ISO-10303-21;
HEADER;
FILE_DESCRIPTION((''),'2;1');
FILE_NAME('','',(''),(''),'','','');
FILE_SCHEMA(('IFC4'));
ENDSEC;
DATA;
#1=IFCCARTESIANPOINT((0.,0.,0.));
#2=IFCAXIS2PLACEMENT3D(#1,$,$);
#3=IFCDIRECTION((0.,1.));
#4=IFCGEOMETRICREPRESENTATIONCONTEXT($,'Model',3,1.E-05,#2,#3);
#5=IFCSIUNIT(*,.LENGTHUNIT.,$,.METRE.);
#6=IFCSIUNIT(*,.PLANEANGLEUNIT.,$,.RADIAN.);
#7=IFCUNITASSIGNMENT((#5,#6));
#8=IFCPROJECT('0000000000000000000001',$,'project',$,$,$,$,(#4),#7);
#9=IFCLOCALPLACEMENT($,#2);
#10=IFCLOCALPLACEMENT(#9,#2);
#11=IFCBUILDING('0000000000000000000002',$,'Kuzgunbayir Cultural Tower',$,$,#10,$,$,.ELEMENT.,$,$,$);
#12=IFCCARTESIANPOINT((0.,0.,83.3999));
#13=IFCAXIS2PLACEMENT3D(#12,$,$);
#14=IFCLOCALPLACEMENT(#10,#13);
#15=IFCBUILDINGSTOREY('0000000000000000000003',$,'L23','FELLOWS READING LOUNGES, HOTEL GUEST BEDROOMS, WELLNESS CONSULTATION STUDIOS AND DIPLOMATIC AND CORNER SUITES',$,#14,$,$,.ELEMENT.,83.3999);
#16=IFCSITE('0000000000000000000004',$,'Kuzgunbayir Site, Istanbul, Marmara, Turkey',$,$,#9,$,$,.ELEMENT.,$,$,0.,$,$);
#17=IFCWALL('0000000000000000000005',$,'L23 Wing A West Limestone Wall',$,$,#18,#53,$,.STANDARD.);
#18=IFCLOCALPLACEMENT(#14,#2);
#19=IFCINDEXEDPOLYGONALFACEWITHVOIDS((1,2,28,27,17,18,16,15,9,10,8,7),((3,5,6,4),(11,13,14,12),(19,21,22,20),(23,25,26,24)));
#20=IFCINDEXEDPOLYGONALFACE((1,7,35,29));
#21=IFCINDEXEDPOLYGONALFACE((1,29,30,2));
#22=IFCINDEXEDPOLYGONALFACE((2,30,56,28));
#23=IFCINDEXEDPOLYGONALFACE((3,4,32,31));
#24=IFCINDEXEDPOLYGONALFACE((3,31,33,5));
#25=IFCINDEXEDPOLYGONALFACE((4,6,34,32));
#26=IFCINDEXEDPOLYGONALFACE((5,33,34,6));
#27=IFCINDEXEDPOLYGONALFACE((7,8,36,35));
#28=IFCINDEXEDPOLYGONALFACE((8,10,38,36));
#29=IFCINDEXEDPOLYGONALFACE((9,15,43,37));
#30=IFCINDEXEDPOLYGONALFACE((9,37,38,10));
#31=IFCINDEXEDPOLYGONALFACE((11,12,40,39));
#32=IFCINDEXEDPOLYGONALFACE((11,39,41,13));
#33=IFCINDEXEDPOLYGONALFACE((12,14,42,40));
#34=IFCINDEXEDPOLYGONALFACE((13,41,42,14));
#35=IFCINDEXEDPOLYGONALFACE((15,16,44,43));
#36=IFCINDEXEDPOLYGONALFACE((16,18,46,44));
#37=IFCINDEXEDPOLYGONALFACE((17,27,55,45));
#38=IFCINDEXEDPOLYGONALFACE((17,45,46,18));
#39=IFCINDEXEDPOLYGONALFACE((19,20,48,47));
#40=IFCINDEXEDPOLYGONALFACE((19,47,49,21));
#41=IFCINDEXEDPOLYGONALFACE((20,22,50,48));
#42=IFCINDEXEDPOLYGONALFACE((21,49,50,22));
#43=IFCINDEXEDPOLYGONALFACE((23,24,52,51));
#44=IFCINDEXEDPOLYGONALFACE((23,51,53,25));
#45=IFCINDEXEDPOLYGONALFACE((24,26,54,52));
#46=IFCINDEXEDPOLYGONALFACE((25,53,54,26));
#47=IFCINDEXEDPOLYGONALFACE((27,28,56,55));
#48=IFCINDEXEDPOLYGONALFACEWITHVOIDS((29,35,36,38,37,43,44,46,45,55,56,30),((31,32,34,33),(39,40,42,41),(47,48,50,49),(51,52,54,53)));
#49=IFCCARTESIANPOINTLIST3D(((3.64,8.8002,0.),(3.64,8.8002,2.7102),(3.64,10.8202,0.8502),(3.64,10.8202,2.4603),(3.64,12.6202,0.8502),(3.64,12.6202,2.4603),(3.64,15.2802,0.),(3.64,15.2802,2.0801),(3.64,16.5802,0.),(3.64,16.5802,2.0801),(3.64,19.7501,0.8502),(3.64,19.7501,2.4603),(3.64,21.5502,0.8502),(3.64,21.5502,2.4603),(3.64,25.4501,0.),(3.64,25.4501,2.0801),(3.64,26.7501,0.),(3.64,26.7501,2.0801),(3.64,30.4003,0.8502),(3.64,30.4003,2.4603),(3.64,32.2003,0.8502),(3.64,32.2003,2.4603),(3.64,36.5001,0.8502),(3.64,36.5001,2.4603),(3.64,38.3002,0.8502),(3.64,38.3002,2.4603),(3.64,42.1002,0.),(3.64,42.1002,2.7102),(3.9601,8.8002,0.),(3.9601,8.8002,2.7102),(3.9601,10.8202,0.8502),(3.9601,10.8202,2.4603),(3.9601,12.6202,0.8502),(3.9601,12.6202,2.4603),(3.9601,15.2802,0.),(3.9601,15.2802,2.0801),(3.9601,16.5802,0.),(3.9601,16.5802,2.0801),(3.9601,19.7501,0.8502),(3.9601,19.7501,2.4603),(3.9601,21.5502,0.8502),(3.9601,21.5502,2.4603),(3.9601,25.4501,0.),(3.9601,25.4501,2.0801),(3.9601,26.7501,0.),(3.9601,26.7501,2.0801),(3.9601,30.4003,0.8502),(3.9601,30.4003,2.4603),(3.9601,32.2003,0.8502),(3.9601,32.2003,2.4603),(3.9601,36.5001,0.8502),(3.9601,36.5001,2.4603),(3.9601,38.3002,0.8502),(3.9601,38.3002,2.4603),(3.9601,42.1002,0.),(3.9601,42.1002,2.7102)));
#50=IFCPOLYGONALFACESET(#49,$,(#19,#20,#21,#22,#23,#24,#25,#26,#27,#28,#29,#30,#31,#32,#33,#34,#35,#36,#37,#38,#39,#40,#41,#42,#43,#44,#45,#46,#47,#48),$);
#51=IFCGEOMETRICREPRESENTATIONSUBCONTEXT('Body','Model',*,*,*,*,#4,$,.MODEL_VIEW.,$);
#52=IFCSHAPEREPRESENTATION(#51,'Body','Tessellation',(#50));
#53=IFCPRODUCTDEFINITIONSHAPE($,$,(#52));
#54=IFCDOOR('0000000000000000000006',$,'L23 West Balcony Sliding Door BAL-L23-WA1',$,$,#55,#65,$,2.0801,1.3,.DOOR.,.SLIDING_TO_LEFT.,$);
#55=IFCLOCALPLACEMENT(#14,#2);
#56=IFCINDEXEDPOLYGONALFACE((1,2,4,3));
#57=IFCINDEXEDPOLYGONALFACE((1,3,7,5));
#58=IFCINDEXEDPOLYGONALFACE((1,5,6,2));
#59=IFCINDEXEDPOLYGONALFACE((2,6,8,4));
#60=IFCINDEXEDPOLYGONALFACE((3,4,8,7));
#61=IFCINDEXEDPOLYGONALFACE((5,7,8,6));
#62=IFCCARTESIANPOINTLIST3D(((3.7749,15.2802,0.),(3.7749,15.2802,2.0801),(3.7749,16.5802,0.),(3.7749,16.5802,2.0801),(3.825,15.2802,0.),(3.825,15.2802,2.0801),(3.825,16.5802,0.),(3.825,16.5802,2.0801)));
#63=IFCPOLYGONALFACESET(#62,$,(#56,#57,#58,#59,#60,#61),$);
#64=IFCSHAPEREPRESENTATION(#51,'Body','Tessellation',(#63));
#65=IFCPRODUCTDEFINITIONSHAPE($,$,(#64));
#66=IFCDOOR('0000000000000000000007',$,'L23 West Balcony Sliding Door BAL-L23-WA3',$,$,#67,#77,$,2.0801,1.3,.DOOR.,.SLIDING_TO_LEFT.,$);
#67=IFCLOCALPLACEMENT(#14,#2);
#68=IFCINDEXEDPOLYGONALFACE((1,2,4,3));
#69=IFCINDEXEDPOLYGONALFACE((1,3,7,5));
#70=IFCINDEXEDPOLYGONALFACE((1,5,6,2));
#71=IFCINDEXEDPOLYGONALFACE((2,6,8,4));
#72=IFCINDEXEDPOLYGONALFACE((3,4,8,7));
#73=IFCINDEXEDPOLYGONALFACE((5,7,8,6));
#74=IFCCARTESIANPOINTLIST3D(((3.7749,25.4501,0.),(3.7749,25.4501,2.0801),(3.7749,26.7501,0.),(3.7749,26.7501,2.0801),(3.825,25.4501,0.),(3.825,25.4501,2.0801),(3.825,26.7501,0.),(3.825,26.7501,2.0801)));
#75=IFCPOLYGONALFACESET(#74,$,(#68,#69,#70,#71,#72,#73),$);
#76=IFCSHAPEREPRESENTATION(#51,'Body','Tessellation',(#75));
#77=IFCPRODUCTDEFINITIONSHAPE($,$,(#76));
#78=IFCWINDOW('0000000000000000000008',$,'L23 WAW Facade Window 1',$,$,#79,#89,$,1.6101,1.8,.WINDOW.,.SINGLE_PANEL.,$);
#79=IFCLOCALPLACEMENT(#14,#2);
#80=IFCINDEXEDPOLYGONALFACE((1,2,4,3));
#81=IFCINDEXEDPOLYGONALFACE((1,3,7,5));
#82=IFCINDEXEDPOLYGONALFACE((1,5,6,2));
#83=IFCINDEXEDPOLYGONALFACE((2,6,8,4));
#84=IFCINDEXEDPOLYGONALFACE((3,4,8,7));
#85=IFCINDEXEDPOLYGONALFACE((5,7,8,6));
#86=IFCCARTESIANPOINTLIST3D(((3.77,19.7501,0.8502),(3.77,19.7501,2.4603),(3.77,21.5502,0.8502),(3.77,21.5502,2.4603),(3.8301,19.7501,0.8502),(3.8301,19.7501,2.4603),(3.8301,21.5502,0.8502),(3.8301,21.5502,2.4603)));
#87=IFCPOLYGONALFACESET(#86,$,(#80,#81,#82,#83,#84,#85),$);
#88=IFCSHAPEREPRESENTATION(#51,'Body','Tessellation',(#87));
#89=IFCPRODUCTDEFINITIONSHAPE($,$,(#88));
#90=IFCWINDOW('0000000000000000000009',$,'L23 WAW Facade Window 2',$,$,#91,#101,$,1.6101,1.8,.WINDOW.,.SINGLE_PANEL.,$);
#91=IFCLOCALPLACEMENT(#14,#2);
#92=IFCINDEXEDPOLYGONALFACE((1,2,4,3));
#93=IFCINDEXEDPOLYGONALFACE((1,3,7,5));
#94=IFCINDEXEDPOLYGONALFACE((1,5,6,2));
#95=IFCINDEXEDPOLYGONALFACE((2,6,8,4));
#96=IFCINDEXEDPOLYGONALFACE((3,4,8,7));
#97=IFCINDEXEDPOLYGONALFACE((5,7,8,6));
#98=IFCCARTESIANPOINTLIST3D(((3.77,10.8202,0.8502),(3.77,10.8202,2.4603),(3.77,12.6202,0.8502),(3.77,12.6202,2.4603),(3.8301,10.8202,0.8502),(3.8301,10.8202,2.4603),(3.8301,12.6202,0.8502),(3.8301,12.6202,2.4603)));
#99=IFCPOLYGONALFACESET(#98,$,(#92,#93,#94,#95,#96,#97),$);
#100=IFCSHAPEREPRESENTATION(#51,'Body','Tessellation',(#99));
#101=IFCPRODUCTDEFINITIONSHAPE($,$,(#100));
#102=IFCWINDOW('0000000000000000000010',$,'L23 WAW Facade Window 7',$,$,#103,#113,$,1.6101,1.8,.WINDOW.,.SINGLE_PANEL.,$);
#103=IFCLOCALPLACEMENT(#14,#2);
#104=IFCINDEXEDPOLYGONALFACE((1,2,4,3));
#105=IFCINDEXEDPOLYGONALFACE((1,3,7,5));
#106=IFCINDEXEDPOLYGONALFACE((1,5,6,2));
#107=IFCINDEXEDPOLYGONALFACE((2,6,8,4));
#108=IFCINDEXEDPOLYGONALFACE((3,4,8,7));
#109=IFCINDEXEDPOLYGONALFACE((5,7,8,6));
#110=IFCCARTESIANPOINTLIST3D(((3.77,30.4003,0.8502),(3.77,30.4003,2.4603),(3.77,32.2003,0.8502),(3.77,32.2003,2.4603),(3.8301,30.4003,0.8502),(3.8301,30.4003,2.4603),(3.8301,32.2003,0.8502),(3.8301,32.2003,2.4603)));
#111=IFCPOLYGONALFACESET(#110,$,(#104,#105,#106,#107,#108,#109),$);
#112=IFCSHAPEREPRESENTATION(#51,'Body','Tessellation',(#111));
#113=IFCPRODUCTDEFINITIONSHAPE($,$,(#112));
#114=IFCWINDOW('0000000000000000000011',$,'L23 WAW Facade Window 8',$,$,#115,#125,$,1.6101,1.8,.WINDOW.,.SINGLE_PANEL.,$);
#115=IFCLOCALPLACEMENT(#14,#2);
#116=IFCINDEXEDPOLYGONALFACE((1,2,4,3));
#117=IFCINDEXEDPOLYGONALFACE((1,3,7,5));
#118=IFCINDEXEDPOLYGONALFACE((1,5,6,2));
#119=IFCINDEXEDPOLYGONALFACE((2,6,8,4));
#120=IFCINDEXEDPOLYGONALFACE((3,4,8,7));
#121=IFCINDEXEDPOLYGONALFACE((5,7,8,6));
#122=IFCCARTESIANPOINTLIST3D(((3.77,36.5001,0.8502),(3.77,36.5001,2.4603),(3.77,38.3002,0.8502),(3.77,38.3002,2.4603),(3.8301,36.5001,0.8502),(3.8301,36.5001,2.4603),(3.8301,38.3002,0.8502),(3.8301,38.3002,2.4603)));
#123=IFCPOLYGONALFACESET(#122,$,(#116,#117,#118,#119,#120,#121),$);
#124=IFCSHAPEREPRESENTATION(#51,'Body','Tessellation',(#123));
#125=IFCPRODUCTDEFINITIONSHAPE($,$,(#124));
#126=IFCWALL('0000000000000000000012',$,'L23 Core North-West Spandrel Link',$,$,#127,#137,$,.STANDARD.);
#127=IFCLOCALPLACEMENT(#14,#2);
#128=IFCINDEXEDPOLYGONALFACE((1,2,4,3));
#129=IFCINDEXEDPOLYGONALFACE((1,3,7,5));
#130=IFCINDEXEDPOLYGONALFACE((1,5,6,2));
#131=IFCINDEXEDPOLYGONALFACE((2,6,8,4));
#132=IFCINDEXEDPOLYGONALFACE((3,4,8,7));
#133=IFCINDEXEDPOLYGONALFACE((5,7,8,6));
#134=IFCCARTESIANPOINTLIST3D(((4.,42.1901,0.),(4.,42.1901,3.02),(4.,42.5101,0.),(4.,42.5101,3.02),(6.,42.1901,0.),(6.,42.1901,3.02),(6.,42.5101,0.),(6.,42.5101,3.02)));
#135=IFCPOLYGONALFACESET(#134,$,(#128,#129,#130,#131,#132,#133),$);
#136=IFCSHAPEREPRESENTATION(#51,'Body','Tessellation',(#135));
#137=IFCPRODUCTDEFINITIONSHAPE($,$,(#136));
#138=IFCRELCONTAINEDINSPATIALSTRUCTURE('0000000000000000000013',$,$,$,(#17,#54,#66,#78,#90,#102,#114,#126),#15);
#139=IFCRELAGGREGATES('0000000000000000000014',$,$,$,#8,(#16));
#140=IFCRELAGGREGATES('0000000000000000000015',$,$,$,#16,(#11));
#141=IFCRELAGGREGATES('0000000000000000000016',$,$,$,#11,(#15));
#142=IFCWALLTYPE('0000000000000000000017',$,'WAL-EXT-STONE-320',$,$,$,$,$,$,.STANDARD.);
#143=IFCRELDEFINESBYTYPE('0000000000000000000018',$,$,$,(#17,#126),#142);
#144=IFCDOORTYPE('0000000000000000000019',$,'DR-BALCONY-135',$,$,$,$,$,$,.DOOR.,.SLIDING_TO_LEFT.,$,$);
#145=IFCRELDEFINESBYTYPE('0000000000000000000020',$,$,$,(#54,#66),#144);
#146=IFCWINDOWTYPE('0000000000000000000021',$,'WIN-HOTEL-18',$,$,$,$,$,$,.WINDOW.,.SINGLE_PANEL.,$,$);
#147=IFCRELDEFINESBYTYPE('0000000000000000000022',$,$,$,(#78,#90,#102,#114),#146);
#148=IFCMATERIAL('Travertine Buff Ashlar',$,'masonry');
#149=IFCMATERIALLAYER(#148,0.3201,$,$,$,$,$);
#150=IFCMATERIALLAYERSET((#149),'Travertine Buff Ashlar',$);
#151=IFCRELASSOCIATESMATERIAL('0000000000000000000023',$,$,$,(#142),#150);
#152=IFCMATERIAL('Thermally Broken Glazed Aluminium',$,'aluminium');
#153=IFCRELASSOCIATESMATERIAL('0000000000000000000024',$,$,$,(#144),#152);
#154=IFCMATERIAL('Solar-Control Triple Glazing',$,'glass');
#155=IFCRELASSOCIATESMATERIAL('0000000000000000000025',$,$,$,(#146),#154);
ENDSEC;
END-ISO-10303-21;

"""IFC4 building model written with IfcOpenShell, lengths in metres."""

from ifc_helpers import new_model, si_unit, direction, frame, frame_2d, origin, place, context, subcontext, project, spatial, rectangle, extrude, material, layer, layer_set, type_object, element, fill, save


model = new_model("IFC4")

# Units and contexts
model_context = context("Model", 3, precision=1e-05, world=origin(), true_north=direction((0.0, 1.0)))
body_context = subcontext(model_context, "Body", "Model", "MODEL_VIEW")
ifc_project = project(units=[si_unit("LENGTHUNIT", "METRE"), si_unit("PLANEANGLEUNIT", "RADIAN")], contexts=[model_context])

# Site, building, storey
site_placement = place(None, origin())
site = spatial("IfcSite", under=ifc_project, at=site_placement, Name="Kuzgunbayir Site, Istanbul, Marmara, Turkey", CompositionType="ELEMENT", RefElevation=0.0)
building_placement = place(site_placement, origin())
building = spatial("IfcBuilding", under=site, at=building_placement, Name="Kuzgunbayir Cultural Tower", CompositionType="ELEMENT")
storey_placement = place(building_placement, frame((0.0, 0.0, 83.3999)))
storey = spatial("IfcBuildingStorey", under=building, at=storey_placement, Name="L23", Description="FELLOWS READING LOUNGES, HOTEL GUEST BEDROOMS, WELLNESS CONSULTATION STUDIOS AND DIPLOMATIC AND CORNER SUITES", CompositionType="ELEMENT", Elevation=83.3999)

# Wall, openings, doors, windows
ifc_material_1 = material(Name="Travertine Buff Ashlar", Category="masonry")
ifc_layer_1 = layer(ifc_material_1, 0.3201)
ifc_layer_set_1 = layer_set([ifc_layer_1], Name="Travertine Buff Ashlar")
wall_type_1 = type_object("IfcWallType", Name="WAL-EXT-STONE-320", PredefinedType="STANDARD", material=ifc_layer_set_1)
wall_1_placement = place(storey_placement, frame((3.8, 42.1001, 0.0), z_axis=(0.0, 0.0, 1.0), x_axis=(0.0, -1.0, 0.0)))
wall_1 = element("IfcWall", 1, at=wall_1_placement, inside=storey, type_object=wall_type_1, Name="L23 Wing A West Limestone Wall", PredefinedType="STANDARD", context=body_context, shape_type="SweptSolid", body=[
    extrude(rectangle(XDim=33.3, YDim=0.3201, at=frame_2d((16.6499, 0.0))), origin(), (0.0, 0.0, 1.0), 2.7102),
])
opening_1_placement = place(wall_1_placement, frame((25.52, 0.0, 0.0)))
opening_1 = element("IfcOpeningElement", 2, at=opening_1_placement, cuts=wall_1, PredefinedType="OPENING", context=body_context, shape_type="SweptSolid", body=[
    extrude(rectangle(XDim=1.3, YDim=2.0801, at=frame_2d((0.6499, 1.04))), frame((0.0, 0.1699, 0.0), z_axis=(0.0, -1.0, 0.0), x_axis=(1.0, 0.0, 0.0)), (0.0, 0.0, 1.0), 0.3401),
])
opening_2_placement = place(wall_1_placement, frame((15.3501, 0.0, 0.0)))
opening_2 = element("IfcOpeningElement", 3, at=opening_2_placement, cuts=wall_1, PredefinedType="OPENING", context=body_context, shape_type="SweptSolid", body=[
    extrude(rectangle(XDim=1.3, YDim=2.0801, at=frame_2d((0.6499, 1.04))), frame((0.0, 0.1699, 0.0), z_axis=(0.0, -1.0, 0.0), x_axis=(1.0, 0.0, 0.0)), (0.0, 0.0, 1.0), 0.3401),
])
opening_3_placement = place(wall_1_placement, frame((20.55, 0.0, 0.8501)))
opening_3 = element("IfcOpeningElement", 4, at=opening_3_placement, cuts=wall_1, PredefinedType="OPENING", context=body_context, shape_type="SweptSolid", body=[
    extrude(rectangle(XDim=1.8, YDim=1.6101, at=frame_2d((0.8999, 0.8052))), frame((0.0, 0.1699, 0.0), z_axis=(0.0, -1.0, 0.0), x_axis=(1.0, 0.0, 0.0)), (0.0, 0.0, 1.0), 0.3401),
])
opening_4_placement = place(wall_1_placement, frame((29.48, 0.0, 0.8501)))
opening_4 = element("IfcOpeningElement", 5, at=opening_4_placement, cuts=wall_1, PredefinedType="OPENING", context=body_context, shape_type="SweptSolid", body=[
    extrude(rectangle(XDim=1.8, YDim=1.6101, at=frame_2d((0.8999, 0.8052))), frame((0.0, 0.1699, 0.0), z_axis=(0.0, -1.0, 0.0), x_axis=(1.0, 0.0, 0.0)), (0.0, 0.0, 1.0), 0.3401),
])
opening_5_placement = place(wall_1_placement, frame((9.8999, 0.0, 0.8501)))
opening_5 = element("IfcOpeningElement", 6, at=opening_5_placement, cuts=wall_1, PredefinedType="OPENING", context=body_context, shape_type="SweptSolid", body=[
    extrude(rectangle(XDim=1.8, YDim=1.6101, at=frame_2d((0.8999, 0.8052))), frame((0.0, 0.1699, 0.0), z_axis=(0.0, -1.0, 0.0), x_axis=(1.0, 0.0, 0.0)), (0.0, 0.0, 1.0), 0.3401),
])
opening_6_placement = place(wall_1_placement, frame((3.8, 0.0, 0.8501)))
opening_6 = element("IfcOpeningElement", 7, at=opening_6_placement, cuts=wall_1, PredefinedType="OPENING", context=body_context, shape_type="SweptSolid", body=[
    extrude(rectangle(XDim=1.8, YDim=1.6101, at=frame_2d((0.8999, 0.8052))), frame((0.0, 0.1699, 0.0), z_axis=(0.0, -1.0, 0.0), x_axis=(1.0, 0.0, 0.0)), (0.0, 0.0, 1.0), 0.3401),
])
ifc_material_2 = material(Name="Thermally Broken Glazed Aluminium", Category="aluminium")
door_type_1 = type_object("IfcDoorType", Name="DR-BALCONY-135", OperationType="SLIDING_TO_LEFT", PredefinedType="DOOR", material=ifc_material_2)
door_1_placement = place(opening_1_placement, origin())
door_1 = element("IfcDoor", 8, at=door_1_placement, inside=storey, type_object=door_type_1, Name="L23 West Balcony Sliding Door BAL-L23-WA1", OperationType="SLIDING_TO_LEFT", OverallHeight=2.0801, OverallWidth=1.3, PredefinedType="DOOR", context=body_context, shape_type="SweptSolid", body=[
    extrude(rectangle(XDim=1.3, YDim=2.0801, at=frame_2d((0.6499, 1.04))), frame((0.0, 0.0249, 0.0), z_axis=(0.0, -1.0, 0.0), x_axis=(1.0, 0.0, 0.0)), (0.0, 0.0, 1.0), 0.05),
])
fill(opening_1, door_1)
door_2_placement = place(opening_2_placement, origin())
door_2 = element("IfcDoor", 9, at=door_2_placement, inside=storey, type_object=door_type_1, Name="L23 West Balcony Sliding Door BAL-L23-WA3", OperationType="SLIDING_TO_LEFT", OverallHeight=2.0801, OverallWidth=1.3, PredefinedType="DOOR", context=body_context, shape_type="SweptSolid", body=[
    extrude(rectangle(XDim=1.3, YDim=2.0801, at=frame_2d((0.6499, 1.04))), frame((0.0, 0.0249, 0.0), z_axis=(0.0, -1.0, 0.0), x_axis=(1.0, 0.0, 0.0)), (0.0, 0.0, 1.0), 0.05),
])
fill(opening_2, door_2)
ifc_material_3 = material(Name="Solar-Control Triple Glazing", Category="glass")
window_type = type_object("IfcWindowType", Name="WIN-HOTEL-18", PartitioningType="SINGLE_PANEL", PredefinedType="WINDOW", material=ifc_material_3)
window_1_placement = place(opening_3_placement, origin())
window_1 = element("IfcWindow", 10, at=window_1_placement, inside=storey, type_object=window_type, Name="L23 WAW Facade Window 1", OverallHeight=1.6101, OverallWidth=1.8, PartitioningType="SINGLE_PANEL", PredefinedType="WINDOW", context=body_context, shape_type="SweptSolid", body=[
    extrude(rectangle(XDim=1.8, YDim=1.6101, at=frame_2d((0.8999, 0.8052))), frame((0.0, 0.03, 0.0), z_axis=(0.0, -1.0, 0.0), x_axis=(1.0, 0.0, 0.0)), (0.0, 0.0, 1.0), 0.0601),
])
fill(opening_3, window_1)
window_2_placement = place(opening_4_placement, origin())
window_2 = element("IfcWindow", 11, at=window_2_placement, inside=storey, type_object=window_type, Name="L23 WAW Facade Window 2", OverallHeight=1.6101, OverallWidth=1.8, PartitioningType="SINGLE_PANEL", PredefinedType="WINDOW", context=body_context, shape_type="SweptSolid", body=[
    extrude(rectangle(XDim=1.8, YDim=1.6101, at=frame_2d((0.8999, 0.8052))), frame((0.0, 0.03, 0.0), z_axis=(0.0, -1.0, 0.0), x_axis=(1.0, 0.0, 0.0)), (0.0, 0.0, 1.0), 0.0601),
])
fill(opening_4, window_2)
window_3_placement = place(opening_5_placement, origin())
window_3 = element("IfcWindow", 12, at=window_3_placement, inside=storey, type_object=window_type, Name="L23 WAW Facade Window 7", OverallHeight=1.6101, OverallWidth=1.8, PartitioningType="SINGLE_PANEL", PredefinedType="WINDOW", context=body_context, shape_type="SweptSolid", body=[
    extrude(rectangle(XDim=1.8, YDim=1.6101, at=frame_2d((0.8999, 0.8052))), frame((0.0, 0.03, 0.0), z_axis=(0.0, -1.0, 0.0), x_axis=(1.0, 0.0, 0.0)), (0.0, 0.0, 1.0), 0.0601),
])
fill(opening_5, window_3)
window_4_placement = place(opening_6_placement, origin())
window_4 = element("IfcWindow", 13, at=window_4_placement, inside=storey, type_object=window_type, Name="L23 WAW Facade Window 8", OverallHeight=1.6101, OverallWidth=1.8, PartitioningType="SINGLE_PANEL", PredefinedType="WINDOW", context=body_context, shape_type="SweptSolid", body=[
    extrude(rectangle(XDim=1.8, YDim=1.6101, at=frame_2d((0.8999, 0.8052))), frame((0.0, 0.03, 0.0), z_axis=(0.0, -1.0, 0.0), x_axis=(1.0, 0.0, 0.0)), (0.0, 0.0, 1.0), 0.0601),
])
fill(opening_6, window_4)

# Wall
wall_2_placement = place(storey_placement, frame((6.0, 42.3501, 0.0), z_axis=(0.0, 0.0, 1.0), x_axis=(-1.0, 0.0, 0.0)))
element("IfcWall", 14, at=wall_2_placement, inside=storey, type_object=wall_type_1, Name="L23 Core North-West Spandrel Link", PredefinedType="STANDARD", context=body_context, shape_type="SweptSolid", body=[
    extrude(rectangle(XDim=2.0, YDim=0.3201, at=frame_2d((1.0, 0.0))), origin(), (0.0, 0.0, 1.0), 3.02),
])

save(model, "model.ifc")
